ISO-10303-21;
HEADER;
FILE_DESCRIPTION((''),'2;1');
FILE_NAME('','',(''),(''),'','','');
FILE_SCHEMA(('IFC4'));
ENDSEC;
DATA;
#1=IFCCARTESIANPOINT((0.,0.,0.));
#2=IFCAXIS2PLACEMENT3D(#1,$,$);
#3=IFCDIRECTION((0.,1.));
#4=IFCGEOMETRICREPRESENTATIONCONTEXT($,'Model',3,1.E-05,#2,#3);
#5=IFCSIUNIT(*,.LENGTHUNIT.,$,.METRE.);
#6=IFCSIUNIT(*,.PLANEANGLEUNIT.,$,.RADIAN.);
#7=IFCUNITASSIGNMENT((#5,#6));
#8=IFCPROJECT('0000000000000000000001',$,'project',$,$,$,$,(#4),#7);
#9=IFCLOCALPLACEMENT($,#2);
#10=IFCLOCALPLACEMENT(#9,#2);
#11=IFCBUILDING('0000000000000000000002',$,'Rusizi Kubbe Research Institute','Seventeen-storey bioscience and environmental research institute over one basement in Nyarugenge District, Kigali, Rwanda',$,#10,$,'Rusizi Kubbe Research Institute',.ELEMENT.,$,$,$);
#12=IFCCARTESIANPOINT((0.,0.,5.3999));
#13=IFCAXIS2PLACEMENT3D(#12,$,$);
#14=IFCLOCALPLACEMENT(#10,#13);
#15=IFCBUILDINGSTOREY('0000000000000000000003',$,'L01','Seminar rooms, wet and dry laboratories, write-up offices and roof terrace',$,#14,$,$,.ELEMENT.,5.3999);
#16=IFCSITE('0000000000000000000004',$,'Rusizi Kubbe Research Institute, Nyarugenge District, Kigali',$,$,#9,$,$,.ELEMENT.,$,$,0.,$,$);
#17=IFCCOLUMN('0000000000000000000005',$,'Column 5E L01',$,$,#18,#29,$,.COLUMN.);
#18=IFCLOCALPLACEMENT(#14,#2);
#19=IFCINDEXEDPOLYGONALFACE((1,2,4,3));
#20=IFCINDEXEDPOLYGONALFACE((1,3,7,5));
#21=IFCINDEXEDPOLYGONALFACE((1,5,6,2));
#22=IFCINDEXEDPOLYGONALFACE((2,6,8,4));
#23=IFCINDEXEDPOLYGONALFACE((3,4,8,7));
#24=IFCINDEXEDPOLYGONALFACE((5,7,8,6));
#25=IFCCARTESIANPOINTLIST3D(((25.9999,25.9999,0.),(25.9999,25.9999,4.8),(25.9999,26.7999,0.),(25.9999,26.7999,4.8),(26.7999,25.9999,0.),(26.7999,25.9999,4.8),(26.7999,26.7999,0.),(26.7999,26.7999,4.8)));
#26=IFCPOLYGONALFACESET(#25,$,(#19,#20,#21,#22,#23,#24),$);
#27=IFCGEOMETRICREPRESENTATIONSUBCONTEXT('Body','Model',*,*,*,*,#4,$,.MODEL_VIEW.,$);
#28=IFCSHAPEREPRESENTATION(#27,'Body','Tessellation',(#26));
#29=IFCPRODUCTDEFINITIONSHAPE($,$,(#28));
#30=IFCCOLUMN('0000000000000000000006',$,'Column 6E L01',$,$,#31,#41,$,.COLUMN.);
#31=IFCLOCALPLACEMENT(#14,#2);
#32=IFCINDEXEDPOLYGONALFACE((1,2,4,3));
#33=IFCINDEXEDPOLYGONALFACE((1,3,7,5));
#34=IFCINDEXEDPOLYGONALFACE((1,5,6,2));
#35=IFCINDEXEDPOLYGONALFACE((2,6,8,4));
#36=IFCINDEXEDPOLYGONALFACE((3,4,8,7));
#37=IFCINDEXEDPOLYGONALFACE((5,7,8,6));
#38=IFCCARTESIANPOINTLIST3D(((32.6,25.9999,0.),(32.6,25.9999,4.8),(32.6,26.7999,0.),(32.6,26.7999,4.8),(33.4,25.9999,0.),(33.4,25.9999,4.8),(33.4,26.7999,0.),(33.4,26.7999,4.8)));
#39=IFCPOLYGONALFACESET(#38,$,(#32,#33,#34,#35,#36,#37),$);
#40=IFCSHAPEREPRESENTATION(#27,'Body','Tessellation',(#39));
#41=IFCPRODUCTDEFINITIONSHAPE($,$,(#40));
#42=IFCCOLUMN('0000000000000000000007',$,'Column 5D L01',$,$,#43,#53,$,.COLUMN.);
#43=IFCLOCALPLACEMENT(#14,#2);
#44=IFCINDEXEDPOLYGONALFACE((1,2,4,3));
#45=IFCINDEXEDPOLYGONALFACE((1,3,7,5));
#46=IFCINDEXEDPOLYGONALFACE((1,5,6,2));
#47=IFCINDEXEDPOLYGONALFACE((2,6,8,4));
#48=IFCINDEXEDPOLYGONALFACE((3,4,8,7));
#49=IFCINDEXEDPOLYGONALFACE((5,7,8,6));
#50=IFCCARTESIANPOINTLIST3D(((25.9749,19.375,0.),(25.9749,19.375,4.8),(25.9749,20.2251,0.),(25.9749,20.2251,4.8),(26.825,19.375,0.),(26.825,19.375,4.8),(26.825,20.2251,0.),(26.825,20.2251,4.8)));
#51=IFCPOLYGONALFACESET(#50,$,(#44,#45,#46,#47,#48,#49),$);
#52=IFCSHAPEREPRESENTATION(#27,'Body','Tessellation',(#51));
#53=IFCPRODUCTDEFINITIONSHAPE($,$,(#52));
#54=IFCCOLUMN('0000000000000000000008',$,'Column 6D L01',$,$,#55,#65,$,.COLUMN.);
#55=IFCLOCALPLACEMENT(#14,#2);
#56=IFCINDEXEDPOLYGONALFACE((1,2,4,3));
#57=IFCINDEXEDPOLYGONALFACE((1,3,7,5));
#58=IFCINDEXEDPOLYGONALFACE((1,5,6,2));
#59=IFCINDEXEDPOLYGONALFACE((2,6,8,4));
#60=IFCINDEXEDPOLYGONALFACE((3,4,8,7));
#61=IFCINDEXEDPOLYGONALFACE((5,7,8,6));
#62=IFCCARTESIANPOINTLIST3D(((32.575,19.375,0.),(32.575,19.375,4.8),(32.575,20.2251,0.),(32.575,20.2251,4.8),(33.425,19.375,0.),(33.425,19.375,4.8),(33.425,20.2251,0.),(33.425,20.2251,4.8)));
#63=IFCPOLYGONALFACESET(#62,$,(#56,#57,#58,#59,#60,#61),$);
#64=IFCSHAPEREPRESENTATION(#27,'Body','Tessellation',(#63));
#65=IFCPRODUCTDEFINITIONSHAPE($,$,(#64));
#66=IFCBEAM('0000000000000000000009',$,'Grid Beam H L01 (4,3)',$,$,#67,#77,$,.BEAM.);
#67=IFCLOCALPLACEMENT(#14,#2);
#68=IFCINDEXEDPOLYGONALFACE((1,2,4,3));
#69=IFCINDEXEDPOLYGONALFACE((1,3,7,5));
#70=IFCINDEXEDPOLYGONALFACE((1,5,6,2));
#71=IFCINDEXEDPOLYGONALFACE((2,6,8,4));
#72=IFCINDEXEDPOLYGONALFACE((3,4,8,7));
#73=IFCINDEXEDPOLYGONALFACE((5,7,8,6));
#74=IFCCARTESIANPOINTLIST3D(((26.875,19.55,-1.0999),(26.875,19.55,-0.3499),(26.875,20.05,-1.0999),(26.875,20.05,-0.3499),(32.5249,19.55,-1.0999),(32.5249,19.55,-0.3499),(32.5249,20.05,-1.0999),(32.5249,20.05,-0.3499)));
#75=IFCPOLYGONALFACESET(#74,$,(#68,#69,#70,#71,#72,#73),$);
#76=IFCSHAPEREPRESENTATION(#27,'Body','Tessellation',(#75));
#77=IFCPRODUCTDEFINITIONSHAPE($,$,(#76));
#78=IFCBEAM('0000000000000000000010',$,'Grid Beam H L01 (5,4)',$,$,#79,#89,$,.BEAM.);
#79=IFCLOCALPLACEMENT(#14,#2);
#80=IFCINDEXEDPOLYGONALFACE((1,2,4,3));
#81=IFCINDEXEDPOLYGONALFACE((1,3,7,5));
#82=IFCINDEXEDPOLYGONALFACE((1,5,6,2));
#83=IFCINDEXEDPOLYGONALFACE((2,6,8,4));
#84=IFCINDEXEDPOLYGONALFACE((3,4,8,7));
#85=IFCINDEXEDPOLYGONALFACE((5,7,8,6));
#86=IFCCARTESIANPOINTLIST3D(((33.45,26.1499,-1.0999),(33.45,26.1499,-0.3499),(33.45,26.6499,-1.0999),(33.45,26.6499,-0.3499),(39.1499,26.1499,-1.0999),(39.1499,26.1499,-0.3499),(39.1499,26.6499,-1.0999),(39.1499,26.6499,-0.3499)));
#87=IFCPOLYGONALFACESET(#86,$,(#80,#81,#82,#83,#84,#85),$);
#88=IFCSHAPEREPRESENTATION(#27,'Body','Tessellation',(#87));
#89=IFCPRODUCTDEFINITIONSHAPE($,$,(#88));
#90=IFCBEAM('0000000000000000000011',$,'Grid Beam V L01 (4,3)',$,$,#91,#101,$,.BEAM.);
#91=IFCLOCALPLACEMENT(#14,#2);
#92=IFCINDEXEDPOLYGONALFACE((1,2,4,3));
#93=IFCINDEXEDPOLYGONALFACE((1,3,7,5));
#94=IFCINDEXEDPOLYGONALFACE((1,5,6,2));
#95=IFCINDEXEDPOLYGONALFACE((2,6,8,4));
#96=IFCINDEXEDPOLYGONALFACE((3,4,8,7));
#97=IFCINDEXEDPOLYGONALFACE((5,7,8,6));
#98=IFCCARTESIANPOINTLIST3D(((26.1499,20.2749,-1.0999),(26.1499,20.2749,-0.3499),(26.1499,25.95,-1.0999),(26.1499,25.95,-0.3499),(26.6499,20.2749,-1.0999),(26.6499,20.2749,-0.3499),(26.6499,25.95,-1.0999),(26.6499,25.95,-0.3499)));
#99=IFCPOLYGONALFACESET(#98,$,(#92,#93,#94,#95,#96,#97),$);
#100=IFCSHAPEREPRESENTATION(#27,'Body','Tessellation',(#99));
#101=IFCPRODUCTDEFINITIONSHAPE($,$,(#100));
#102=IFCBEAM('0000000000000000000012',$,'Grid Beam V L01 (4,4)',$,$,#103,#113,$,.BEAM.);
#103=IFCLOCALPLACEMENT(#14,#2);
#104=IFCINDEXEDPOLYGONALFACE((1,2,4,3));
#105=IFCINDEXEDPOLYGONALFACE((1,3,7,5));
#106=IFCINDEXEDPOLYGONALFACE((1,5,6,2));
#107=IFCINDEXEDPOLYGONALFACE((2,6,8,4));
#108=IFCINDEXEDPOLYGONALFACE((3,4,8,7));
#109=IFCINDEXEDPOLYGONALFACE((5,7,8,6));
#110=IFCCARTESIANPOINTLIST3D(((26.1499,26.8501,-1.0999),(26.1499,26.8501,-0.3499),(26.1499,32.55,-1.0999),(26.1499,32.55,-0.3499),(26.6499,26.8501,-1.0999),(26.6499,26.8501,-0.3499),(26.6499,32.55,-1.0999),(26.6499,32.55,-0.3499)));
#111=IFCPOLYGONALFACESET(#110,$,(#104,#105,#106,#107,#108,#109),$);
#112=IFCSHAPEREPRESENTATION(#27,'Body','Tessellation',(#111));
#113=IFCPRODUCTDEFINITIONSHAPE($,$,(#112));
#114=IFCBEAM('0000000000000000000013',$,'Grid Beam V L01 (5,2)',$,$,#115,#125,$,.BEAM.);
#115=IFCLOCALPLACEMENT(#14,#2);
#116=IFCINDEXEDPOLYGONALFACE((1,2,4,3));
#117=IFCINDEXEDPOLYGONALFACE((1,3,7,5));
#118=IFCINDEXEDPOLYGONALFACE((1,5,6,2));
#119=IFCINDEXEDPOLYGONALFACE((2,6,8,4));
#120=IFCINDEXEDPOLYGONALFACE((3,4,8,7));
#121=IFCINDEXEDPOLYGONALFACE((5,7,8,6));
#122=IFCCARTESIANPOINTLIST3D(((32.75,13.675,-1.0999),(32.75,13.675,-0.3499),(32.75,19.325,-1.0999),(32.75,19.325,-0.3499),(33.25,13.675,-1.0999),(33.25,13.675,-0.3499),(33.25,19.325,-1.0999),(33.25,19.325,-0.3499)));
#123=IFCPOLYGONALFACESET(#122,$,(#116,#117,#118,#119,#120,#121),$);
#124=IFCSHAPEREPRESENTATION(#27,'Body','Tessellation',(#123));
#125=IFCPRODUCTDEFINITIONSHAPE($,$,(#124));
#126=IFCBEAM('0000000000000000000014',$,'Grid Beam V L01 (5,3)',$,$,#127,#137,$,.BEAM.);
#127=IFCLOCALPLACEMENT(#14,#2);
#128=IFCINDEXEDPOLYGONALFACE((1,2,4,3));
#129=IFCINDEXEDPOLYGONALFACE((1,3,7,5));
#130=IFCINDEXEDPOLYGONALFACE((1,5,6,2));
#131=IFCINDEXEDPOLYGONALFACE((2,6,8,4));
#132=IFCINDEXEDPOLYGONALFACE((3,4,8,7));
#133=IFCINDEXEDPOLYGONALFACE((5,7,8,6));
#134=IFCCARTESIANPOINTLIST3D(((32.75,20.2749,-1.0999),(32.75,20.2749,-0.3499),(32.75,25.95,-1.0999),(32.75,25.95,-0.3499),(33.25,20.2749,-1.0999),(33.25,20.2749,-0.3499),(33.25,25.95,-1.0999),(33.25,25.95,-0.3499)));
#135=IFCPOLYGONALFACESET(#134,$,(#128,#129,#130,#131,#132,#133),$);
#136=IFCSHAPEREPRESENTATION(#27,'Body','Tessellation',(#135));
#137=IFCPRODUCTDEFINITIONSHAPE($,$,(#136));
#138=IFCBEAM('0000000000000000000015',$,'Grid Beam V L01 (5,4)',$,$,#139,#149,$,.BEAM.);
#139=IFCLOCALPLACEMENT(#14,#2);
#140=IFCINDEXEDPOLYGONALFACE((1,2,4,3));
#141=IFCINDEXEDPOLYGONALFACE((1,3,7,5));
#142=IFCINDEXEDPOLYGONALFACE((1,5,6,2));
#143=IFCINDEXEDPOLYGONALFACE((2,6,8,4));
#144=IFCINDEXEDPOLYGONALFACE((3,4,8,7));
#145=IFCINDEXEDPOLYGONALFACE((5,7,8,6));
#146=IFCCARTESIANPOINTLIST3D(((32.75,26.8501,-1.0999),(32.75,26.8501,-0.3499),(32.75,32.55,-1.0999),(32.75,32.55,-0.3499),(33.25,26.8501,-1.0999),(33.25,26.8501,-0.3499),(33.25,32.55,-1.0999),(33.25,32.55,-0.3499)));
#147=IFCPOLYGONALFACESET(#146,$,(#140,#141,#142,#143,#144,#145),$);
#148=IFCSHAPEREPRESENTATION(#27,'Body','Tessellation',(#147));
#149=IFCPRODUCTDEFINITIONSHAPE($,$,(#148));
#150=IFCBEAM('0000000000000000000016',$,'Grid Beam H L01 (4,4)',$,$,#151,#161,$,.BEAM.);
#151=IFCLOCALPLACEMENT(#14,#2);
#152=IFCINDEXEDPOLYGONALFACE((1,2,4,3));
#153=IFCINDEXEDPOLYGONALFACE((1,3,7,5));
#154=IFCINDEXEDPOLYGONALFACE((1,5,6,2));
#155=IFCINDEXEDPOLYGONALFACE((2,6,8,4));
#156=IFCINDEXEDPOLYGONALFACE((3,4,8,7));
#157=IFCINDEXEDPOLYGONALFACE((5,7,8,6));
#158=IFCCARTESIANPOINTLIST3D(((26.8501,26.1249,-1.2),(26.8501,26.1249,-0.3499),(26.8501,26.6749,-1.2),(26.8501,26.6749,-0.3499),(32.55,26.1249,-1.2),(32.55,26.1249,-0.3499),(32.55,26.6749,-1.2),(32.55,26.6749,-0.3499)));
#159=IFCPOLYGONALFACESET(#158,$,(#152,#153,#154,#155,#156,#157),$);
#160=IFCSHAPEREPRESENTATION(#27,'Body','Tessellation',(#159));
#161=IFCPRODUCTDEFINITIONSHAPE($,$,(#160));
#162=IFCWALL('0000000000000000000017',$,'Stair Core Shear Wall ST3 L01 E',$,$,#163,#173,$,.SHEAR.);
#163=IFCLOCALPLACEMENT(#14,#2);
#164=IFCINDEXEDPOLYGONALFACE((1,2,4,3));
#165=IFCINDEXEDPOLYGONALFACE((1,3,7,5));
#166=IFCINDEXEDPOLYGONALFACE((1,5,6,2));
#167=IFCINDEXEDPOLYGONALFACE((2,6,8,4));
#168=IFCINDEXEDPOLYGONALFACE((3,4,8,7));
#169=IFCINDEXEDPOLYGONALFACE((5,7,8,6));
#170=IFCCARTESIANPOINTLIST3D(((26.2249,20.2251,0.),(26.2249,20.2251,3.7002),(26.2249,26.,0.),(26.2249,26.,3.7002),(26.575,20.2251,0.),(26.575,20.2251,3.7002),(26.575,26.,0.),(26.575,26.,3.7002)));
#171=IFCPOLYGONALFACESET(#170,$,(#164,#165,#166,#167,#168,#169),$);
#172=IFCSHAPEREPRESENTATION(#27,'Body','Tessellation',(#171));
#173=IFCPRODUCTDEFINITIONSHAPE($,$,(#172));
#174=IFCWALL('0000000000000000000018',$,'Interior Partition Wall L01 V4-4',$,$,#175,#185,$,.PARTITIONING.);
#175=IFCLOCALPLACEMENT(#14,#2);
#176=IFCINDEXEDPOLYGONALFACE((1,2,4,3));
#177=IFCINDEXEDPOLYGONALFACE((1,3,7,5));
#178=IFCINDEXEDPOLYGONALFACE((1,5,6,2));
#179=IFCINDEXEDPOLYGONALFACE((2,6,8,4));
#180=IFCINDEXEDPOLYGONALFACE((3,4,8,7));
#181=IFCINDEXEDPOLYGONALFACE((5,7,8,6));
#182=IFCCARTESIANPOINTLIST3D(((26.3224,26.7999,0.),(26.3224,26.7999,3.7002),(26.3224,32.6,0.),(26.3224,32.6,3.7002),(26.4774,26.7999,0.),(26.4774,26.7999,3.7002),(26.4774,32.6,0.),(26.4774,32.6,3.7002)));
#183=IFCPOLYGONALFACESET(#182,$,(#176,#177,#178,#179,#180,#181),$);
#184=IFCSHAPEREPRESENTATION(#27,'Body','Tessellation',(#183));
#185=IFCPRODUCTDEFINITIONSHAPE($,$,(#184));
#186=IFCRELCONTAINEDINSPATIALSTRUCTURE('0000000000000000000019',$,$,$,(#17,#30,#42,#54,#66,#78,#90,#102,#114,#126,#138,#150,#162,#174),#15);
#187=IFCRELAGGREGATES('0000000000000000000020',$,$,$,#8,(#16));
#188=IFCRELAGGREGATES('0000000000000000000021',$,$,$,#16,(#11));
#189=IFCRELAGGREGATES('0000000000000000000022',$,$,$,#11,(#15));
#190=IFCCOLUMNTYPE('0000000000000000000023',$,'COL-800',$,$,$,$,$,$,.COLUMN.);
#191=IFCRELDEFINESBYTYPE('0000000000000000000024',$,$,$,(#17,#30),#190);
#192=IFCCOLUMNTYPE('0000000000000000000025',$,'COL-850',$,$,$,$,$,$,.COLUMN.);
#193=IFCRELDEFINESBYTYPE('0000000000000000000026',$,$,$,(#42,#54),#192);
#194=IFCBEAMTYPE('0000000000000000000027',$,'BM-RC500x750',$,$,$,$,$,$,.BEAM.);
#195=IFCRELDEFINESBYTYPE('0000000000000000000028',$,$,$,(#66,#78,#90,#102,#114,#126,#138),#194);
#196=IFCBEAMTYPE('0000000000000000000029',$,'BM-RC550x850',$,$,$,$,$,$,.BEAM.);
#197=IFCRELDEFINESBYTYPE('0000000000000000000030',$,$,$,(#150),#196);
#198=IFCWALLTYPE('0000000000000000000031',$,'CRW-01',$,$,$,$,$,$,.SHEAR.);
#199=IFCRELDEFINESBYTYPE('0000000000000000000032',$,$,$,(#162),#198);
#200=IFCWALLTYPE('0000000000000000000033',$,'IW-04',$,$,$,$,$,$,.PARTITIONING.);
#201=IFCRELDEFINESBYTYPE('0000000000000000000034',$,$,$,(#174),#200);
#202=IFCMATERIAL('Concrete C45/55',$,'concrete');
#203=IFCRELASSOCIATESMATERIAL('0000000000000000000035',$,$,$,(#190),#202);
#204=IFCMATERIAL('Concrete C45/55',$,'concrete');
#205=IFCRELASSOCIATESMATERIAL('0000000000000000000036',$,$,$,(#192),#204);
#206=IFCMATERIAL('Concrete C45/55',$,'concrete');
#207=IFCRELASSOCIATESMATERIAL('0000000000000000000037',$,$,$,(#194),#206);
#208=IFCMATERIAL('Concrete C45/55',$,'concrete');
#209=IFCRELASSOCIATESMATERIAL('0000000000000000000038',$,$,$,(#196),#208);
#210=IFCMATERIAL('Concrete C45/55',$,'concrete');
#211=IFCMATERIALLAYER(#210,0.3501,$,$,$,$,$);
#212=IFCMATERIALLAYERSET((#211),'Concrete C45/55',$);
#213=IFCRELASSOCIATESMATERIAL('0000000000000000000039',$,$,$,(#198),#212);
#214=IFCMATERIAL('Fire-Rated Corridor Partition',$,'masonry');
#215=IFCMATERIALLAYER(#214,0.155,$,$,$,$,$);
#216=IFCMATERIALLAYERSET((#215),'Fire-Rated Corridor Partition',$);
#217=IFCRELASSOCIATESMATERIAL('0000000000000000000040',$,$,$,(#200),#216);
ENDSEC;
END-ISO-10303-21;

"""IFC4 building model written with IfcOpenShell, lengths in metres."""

from ifc_helpers import new_model, si_unit, direction, frame, frame_2d, origin, origin_2d, place, context, subcontext, project, spatial, rectangle, extrude, material, layer, layer_set, material_profile, profile_set, type_object, element, save


model = new_model("IFC4")

# Units and contexts
model_context = context("Model", 3, precision=1e-05, world=origin(), true_north=direction((0.0, 1.0)))
body_context = subcontext(model_context, "Body", "Model", "MODEL_VIEW")
ifc_project = project(units=[si_unit("LENGTHUNIT", "METRE"), si_unit("PLANEANGLEUNIT", "RADIAN")], contexts=[model_context])

# Site, building, storey
site_placement = place(None, origin())
site = spatial("IfcSite", under=ifc_project, at=site_placement, Name="Rusizi Kubbe Research Institute, Nyarugenge District, Kigali", CompositionType="ELEMENT", RefElevation=0.0)
building_placement = place(site_placement, origin())
building = spatial("IfcBuilding", under=site, at=building_placement, Name="Rusizi Kubbe Research Institute", Description="Seventeen-storey bioscience and environmental research institute over one basement in Nyarugenge District, Kigali, Rwanda", LongName="Rusizi Kubbe Research Institute", CompositionType="ELEMENT")
storey_placement = place(building_placement, frame((0.0, 0.0, 5.3999)))
storey = spatial("IfcBuildingStorey", under=building, at=storey_placement, Name="L01", Description="Seminar rooms, wet and dry laboratories, write-up offices and roof terrace", CompositionType="ELEMENT", Elevation=5.3999)

# Columns
ifc_material_1 = material(Name="Concrete C45/55", Category="concrete")
ifc_material_profile_1 = material_profile(ifc_material_1, rectangle(XDim=0.8, YDim=0.8, at=origin_2d()), Name="RC800x800")
ifc_profile_set_1 = profile_set([ifc_material_profile_1], Name="Concrete C45/55")
column_type_1 = type_object("IfcColumnType", Name="COL-800", PredefinedType="COLUMN", material=ifc_profile_set_1)
for number, where, z_axis, x_axis, name in (
    (1, (26.3999, 26.3999, 0.0), (0.0, 0.0, 1.0), (1.0, 0.0, 0.0), "Column 5E L01"),
    (2, (33.0, 26.3999, 0.0), (0.0, 0.0, 1.0), (1.0, 0.0, 0.0), "Column 6E L01"),
):
    element("IfcColumn", number, at=place(storey_placement, frame(where, z_axis=z_axis, x_axis=x_axis)), inside=storey, type_object=column_type_1, Name=name, PredefinedType="COLUMN", context=body_context, shape_type="SweptSolid", body=[
        extrude(rectangle(XDim=0.8, YDim=0.8, at=origin_2d()), origin(), (0.0, 0.0, 1.0), 4.8),
    ])
ifc_material_2 = material(Name="Concrete C45/55", Category="concrete")
ifc_material_profile_2 = material_profile(ifc_material_2, rectangle(XDim=0.8501, YDim=0.8501, at=origin_2d()), Name="RC850x850")
ifc_profile_set_2 = profile_set([ifc_material_profile_2], Name="Concrete C45/55")
column_type_2 = type_object("IfcColumnType", Name="COL-850", PredefinedType="COLUMN", material=ifc_profile_set_2)
for number, where, z_axis, x_axis, name in (
    (3, (26.3999, 19.8, 0.0), (0.0, 0.0, 1.0), (1.0, 0.0, 0.0), "Column 5D L01"),
    (4, (33.0, 19.8, 0.0), (0.0, 0.0, 1.0), (1.0, 0.0, 0.0), "Column 6D L01"),
):
    element("IfcColumn", number, at=place(storey_placement, frame(where, z_axis=z_axis, x_axis=x_axis)), inside=storey, type_object=column_type_2, Name=name, PredefinedType="COLUMN", context=body_context, shape_type="SweptSolid", body=[
        extrude(rectangle(XDim=0.8501, YDim=0.8501, at=origin_2d()), origin(), (0.0, 0.0, 1.0), 4.8),
    ])

# Beams
ifc_material_3 = material(Name="Concrete C45/55", Category="concrete")
ifc_material_profile_3 = material_profile(ifc_material_3, rectangle(XDim=0.5, YDim=0.75, at=origin_2d()), Name="RC500x750B")
ifc_profile_set_3 = profile_set([ifc_material_profile_3], Name="Concrete C45/55")
beam_type_1 = type_object("IfcBeamType", Name="BM-RC500x750", PredefinedType="BEAM", material=ifc_profile_set_3)
beam_1_placement = place(storey_placement, frame((26.875, 19.8, -0.7249), z_axis=(1.0, 0.0, 0.0), x_axis=(0.0, 1.0, 0.0)))
element("IfcBeam", 5, at=beam_1_placement, inside=storey, type_object=beam_type_1, Name="Grid Beam H L01 (4,3)", PredefinedType="BEAM", context=body_context, shape_type="SweptSolid", body=[
    extrude(rectangle(XDim=0.5, YDim=0.75, at=origin_2d()), origin(), (0.0, 0.0, 1.0), 5.6499),
])
beam_2_placement = place(storey_placement, frame((33.45, 26.3999, -0.7249), z_axis=(1.0, 0.0, 0.0), x_axis=(0.0, 1.0, 0.0)))
element("IfcBeam", 6, at=beam_2_placement, inside=storey, type_object=beam_type_1, Name="Grid Beam H L01 (5,4)", PredefinedType="BEAM", context=body_context, shape_type="SweptSolid", body=[
    extrude(rectangle(XDim=0.5, YDim=0.75, at=origin_2d()), origin(), (0.0, 0.0, 1.0), 5.7),
])
beam_3_placement = place(storey_placement, frame((26.3999, 20.2749, -0.7249), z_axis=(0.0, 1.0, 0.0), x_axis=(-1.0, 0.0, 0.0)))
element("IfcBeam", 7, at=beam_3_placement, inside=storey, type_object=beam_type_1, Name="Grid Beam V L01 (4,3)", PredefinedType="BEAM", context=body_context, shape_type="SweptSolid", body=[
    extrude(rectangle(XDim=0.5, YDim=0.75, at=origin_2d()), origin(), (0.0, 0.0, 1.0), 5.675),
])
beam_4_placement = place(storey_placement, frame((26.3999, 26.8501, -0.7249), z_axis=(0.0, 1.0, 0.0), x_axis=(-1.0, 0.0, 0.0)))
element("IfcBeam", 8, at=beam_4_placement, inside=storey, type_object=beam_type_1, Name="Grid Beam V L01 (4,4)", PredefinedType="BEAM", context=body_context, shape_type="SweptSolid", body=[
    extrude(rectangle(XDim=0.5, YDim=0.75, at=origin_2d()), origin(), (0.0, 0.0, 1.0), 5.7),
])
beam_5_placement = place(storey_placement, frame((33.0, 13.675, -0.7249), z_axis=(0.0, 1.0, 0.0), x_axis=(-1.0, 0.0, 0.0)))
element("IfcBeam", 9, at=beam_5_placement, inside=storey, type_object=beam_type_1, Name="Grid Beam V L01 (5,2)", PredefinedType="BEAM", context=body_context, shape_type="SweptSolid", body=[
    extrude(rectangle(XDim=0.5, YDim=0.75, at=origin_2d()), origin(), (0.0, 0.0, 1.0), 5.6499),
])
beam_6_placement = place(storey_placement, frame((33.0, 20.2749, -0.7249), z_axis=(0.0, 1.0, 0.0), x_axis=(-1.0, 0.0, 0.0)))
element("IfcBeam", 10, at=beam_6_placement, inside=storey, type_object=beam_type_1, Name="Grid Beam V L01 (5,3)", PredefinedType="BEAM", context=body_context, shape_type="SweptSolid", body=[
    extrude(rectangle(XDim=0.5, YDim=0.75, at=origin_2d()), origin(), (0.0, 0.0, 1.0), 5.675),
])
beam_7_placement = place(storey_placement, frame((33.0, 26.8501, -0.7249), z_axis=(0.0, 1.0, 0.0), x_axis=(-1.0, 0.0, 0.0)))
element("IfcBeam", 11, at=beam_7_placement, inside=storey, type_object=beam_type_1, Name="Grid Beam V L01 (5,4)", PredefinedType="BEAM", context=body_context, shape_type="SweptSolid", body=[
    extrude(rectangle(XDim=0.5, YDim=0.75, at=origin_2d()), origin(), (0.0, 0.0, 1.0), 5.7),
])
ifc_material_4 = material(Name="Concrete C45/55", Category="concrete")
ifc_material_profile_4 = material_profile(ifc_material_4, rectangle(XDim=0.55, YDim=0.8501, at=origin_2d()), Name="RC550x850")
ifc_profile_set_4 = profile_set([ifc_material_profile_4], Name="Concrete C45/55")
beam_type_2 = type_object("IfcBeamType", Name="BM-RC550x850", PredefinedType="BEAM", material=ifc_profile_set_4)
beam_8_placement = place(storey_placement, frame((26.8501, 26.3999, -0.7749), z_axis=(1.0, 0.0, 0.0), x_axis=(0.0, 1.0, 0.0)))
element("IfcBeam", 12, at=beam_8_placement, inside=storey, type_object=beam_type_2, Name="Grid Beam H L01 (4,4)", PredefinedType="BEAM", context=body_context, shape_type="SweptSolid", body=[
    extrude(rectangle(XDim=0.55, YDim=0.8501, at=origin_2d()), origin(), (0.0, 0.0, 1.0), 5.7),
])

# Walls
ifc_material_5 = material(Name="Concrete C45/55", Category="concrete")
ifc_layer_1 = layer(ifc_material_5, 0.3501)
ifc_layer_set_1 = layer_set([ifc_layer_1], Name="Concrete C45/55")
wall_type_1 = type_object("IfcWallType", Name="CRW-01", PredefinedType="SHEAR", material=ifc_layer_set_1)
wall_1_placement = place(storey_placement, frame((26.3999, 20.2251, 0.0), z_axis=(0.0, 0.0, 1.0), x_axis=(0.0, 1.0, 0.0)))
element("IfcWall", 13, at=wall_1_placement, inside=storey, type_object=wall_type_1, Name="Stair Core Shear Wall ST3 L01 E", PredefinedType="SHEAR", context=body_context, shape_type="SweptSolid", body=[
    extrude(rectangle(XDim=5.7749, YDim=0.3501, at=frame_2d((2.8875, 0.0))), origin(), (0.0, 0.0, 1.0), 3.7002),
])
ifc_material_6 = material(Name="Fire-Rated Corridor Partition", Category="masonry")
ifc_layer_2 = layer(ifc_material_6, 0.155)
ifc_layer_set_2 = layer_set([ifc_layer_2], Name="Fire-Rated Corridor Partition")
wall_type_2 = type_object("IfcWallType", Name="IW-04", PredefinedType="PARTITIONING", material=ifc_layer_set_2)
wall_2_placement = place(storey_placement, frame((26.3999, 26.8, 0.0), z_axis=(0.0, 0.0, 1.0), x_axis=(0.0, 1.0, 0.0)))
element("IfcWall", 14, at=wall_2_placement, inside=storey, type_object=wall_type_2, Name="Interior Partition Wall L01 V4-4", PredefinedType="PARTITIONING", context=body_context, shape_type="SweptSolid", body=[
    extrude(rectangle(XDim=5.8, YDim=0.155, at=frame_2d((2.8999, 0.0))), origin(), (0.0, 0.0, 1.0), 3.7002),
])

save(model, "model.ifc")
